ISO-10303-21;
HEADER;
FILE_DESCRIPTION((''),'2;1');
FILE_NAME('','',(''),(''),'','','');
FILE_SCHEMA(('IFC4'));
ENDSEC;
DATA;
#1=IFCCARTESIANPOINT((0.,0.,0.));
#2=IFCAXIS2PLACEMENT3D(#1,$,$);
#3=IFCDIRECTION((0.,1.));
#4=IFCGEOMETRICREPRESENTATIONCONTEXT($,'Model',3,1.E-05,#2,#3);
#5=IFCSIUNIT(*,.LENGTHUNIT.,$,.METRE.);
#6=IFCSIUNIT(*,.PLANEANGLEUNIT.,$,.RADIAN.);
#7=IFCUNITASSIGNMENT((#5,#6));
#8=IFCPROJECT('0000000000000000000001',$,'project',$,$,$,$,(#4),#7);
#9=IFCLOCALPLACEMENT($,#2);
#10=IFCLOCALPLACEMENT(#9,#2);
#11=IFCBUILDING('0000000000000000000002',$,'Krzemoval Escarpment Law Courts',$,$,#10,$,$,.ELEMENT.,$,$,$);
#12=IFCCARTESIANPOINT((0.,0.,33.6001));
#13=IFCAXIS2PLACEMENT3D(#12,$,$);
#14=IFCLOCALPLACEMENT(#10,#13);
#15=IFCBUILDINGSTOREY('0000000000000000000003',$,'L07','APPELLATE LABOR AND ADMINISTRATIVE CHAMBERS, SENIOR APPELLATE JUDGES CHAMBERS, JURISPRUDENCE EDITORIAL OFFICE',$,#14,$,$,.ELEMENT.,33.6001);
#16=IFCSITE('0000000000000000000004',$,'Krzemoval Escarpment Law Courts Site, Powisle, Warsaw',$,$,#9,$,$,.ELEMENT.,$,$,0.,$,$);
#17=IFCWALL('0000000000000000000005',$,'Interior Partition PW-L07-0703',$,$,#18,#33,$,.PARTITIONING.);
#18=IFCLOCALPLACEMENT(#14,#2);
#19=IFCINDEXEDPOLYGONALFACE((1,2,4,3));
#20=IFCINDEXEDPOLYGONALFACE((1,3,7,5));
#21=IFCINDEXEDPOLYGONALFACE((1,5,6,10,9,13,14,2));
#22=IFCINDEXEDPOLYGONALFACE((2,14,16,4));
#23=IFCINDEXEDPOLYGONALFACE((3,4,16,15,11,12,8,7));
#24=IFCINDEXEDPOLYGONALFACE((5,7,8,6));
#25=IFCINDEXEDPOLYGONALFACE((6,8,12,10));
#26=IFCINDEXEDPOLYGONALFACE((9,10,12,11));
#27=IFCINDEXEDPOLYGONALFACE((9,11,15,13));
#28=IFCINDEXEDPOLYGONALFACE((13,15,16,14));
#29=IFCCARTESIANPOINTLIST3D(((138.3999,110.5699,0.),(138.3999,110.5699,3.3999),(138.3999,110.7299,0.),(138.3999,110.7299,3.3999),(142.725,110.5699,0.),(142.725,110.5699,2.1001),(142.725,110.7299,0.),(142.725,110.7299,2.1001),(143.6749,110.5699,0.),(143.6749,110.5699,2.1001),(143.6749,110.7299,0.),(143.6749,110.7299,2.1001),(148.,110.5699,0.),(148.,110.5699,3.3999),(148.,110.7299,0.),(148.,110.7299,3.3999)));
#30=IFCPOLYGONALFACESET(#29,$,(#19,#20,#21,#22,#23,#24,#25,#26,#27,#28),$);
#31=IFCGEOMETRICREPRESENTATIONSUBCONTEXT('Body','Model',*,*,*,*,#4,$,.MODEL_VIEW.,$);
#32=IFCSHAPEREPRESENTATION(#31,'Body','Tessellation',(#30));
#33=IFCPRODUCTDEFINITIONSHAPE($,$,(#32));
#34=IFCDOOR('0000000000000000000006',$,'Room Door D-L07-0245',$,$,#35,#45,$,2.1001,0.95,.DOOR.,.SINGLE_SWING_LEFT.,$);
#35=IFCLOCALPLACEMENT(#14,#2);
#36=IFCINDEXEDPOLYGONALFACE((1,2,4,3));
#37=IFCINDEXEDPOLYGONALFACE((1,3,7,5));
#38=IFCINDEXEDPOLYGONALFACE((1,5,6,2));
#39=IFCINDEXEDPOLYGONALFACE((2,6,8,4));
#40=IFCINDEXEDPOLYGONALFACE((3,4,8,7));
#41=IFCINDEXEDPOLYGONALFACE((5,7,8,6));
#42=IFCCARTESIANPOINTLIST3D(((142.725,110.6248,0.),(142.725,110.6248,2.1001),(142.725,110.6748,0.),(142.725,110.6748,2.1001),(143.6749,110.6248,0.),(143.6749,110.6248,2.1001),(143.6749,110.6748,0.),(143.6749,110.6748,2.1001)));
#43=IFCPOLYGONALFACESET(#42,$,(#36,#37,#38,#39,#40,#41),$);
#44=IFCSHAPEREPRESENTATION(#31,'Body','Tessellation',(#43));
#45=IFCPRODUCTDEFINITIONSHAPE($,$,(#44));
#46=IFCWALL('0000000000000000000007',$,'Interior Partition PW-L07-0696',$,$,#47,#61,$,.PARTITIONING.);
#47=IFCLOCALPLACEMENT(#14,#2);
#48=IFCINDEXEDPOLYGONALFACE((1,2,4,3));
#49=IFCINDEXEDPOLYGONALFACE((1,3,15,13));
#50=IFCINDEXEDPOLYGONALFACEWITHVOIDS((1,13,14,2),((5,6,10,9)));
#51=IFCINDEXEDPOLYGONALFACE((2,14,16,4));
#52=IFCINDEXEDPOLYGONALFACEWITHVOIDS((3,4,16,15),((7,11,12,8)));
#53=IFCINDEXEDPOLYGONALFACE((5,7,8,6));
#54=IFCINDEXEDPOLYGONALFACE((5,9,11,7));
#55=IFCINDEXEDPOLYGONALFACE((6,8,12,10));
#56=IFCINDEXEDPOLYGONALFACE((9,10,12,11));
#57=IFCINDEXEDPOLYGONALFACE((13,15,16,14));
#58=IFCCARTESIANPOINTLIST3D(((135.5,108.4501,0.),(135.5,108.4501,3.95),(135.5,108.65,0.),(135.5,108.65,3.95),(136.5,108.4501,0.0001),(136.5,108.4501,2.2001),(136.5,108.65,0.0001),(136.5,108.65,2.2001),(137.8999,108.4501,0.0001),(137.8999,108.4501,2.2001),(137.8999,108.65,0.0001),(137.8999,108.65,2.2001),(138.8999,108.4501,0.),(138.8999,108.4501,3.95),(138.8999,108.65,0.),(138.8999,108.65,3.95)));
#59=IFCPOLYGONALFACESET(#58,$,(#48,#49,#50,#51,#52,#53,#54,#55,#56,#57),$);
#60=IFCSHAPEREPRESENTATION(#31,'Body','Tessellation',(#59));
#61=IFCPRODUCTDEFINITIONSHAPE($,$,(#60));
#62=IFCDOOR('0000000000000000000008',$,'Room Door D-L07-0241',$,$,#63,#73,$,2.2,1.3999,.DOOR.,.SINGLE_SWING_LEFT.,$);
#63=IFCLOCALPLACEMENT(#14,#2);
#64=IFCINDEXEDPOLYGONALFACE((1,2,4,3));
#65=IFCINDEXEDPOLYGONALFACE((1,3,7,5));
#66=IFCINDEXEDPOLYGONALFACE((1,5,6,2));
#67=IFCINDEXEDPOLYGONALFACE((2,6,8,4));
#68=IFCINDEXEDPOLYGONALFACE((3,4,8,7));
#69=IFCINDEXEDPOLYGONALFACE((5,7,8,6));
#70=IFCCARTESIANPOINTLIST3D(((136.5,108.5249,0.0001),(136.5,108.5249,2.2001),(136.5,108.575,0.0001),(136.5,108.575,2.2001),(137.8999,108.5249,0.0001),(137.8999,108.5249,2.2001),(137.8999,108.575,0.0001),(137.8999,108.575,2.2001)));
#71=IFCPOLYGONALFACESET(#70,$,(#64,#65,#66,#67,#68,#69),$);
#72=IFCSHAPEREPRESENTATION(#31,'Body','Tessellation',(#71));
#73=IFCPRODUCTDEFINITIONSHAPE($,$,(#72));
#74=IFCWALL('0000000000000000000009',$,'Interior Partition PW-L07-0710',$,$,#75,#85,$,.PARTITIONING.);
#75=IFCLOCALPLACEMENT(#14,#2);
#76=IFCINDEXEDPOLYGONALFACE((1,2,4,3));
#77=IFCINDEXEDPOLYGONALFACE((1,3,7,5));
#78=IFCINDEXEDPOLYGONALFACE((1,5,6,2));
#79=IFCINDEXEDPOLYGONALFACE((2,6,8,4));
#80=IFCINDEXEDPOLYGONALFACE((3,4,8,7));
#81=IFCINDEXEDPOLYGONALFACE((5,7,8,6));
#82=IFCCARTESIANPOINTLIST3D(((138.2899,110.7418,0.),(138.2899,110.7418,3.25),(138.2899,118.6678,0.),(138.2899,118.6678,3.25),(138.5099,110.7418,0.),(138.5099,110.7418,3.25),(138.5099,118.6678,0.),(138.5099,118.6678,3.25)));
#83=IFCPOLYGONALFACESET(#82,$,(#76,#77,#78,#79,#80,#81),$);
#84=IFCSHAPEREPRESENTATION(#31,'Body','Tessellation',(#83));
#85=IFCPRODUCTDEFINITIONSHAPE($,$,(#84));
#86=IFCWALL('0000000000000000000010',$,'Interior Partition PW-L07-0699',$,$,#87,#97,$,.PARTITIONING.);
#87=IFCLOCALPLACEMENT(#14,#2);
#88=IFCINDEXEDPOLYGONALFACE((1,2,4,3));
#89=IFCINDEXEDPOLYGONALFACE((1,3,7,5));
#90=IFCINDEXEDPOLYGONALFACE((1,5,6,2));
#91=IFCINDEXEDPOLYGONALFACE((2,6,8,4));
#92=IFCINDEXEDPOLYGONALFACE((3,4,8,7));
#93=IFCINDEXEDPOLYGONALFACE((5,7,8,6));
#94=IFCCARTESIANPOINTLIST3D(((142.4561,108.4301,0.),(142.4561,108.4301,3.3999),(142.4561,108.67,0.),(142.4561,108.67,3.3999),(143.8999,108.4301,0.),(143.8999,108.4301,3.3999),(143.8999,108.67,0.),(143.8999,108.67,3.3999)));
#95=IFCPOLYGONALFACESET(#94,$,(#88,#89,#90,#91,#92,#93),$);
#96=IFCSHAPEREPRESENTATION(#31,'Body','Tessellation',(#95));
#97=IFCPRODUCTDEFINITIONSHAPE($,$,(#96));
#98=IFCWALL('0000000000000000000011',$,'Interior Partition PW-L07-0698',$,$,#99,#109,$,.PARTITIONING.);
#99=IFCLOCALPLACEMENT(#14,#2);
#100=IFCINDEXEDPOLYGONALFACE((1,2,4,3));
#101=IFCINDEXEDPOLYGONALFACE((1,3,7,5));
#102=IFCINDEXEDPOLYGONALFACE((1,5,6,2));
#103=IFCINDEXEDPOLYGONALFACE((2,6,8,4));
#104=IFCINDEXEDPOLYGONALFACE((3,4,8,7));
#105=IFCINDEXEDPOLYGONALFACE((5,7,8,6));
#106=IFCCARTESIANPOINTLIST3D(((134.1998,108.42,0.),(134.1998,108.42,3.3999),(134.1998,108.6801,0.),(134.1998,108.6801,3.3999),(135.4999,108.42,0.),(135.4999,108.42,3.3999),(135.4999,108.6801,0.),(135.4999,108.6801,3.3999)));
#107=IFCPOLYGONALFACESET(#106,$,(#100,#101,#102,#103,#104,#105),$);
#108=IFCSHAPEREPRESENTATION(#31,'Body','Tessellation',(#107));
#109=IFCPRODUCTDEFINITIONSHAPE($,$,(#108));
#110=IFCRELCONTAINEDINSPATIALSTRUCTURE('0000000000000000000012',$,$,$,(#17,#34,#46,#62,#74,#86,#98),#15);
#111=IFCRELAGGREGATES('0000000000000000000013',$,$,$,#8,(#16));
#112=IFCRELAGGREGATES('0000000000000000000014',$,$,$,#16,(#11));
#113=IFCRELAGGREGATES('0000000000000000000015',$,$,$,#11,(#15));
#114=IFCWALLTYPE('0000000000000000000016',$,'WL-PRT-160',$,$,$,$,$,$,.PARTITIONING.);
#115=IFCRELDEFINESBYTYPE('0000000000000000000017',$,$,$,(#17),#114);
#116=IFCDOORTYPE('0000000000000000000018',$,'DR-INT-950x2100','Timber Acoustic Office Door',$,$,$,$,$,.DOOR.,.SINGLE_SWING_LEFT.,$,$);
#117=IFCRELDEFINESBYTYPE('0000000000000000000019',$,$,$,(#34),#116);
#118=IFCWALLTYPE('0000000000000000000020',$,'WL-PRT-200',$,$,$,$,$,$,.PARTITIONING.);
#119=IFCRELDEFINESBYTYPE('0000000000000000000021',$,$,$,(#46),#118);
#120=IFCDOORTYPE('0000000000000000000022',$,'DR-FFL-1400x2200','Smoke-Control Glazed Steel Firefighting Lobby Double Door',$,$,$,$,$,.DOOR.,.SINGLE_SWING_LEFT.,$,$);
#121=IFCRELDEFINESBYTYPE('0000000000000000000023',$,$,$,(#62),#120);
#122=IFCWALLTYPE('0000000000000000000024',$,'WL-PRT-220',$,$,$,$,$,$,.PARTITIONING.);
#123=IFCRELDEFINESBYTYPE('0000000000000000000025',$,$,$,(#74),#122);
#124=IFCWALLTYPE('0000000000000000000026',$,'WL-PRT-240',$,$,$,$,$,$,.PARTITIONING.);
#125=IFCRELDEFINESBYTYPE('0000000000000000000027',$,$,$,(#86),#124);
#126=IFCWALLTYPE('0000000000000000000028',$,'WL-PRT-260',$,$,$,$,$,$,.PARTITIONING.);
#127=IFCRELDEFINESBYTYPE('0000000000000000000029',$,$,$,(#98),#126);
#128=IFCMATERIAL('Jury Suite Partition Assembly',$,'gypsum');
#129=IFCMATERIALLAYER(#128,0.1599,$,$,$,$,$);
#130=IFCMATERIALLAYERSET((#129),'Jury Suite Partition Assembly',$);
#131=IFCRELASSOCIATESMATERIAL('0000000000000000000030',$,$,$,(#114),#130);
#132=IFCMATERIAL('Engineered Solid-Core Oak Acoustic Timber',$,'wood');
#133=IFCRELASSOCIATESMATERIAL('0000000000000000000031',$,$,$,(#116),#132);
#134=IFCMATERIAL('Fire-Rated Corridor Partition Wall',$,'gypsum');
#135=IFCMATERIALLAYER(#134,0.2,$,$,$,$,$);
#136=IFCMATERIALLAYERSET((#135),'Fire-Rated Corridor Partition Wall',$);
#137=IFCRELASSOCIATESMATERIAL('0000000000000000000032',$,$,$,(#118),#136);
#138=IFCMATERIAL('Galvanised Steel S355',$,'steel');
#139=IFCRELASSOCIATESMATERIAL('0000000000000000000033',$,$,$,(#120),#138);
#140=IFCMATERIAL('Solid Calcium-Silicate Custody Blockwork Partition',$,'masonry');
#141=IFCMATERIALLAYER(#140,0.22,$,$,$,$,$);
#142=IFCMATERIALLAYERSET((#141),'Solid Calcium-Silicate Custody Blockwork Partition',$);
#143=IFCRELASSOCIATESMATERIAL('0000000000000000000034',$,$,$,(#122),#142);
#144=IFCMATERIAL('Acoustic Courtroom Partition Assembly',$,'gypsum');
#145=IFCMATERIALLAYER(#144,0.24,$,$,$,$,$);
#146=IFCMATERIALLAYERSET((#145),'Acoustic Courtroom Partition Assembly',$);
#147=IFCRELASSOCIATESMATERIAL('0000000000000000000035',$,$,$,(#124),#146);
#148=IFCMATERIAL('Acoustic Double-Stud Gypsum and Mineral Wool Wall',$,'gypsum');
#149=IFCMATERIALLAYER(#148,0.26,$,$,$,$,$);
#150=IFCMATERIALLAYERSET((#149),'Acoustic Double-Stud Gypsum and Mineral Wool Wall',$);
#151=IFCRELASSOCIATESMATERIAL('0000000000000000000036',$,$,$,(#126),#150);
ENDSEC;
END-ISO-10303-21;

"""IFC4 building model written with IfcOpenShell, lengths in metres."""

from ifc_helpers import new_model, si_unit, direction, frame, frame_2d, origin, place, context, subcontext, project, spatial, rectangle, extrude, material, layer, layer_set, type_object, element, fill, save


model = new_model("IFC4")

# Units and contexts
model_context = context("Model", 3, precision=1e-05, world=origin(), true_north=direction((0.0, 1.0)))
body_context = subcontext(model_context, "Body", "Model", "MODEL_VIEW")
ifc_project = project(units=[si_unit("LENGTHUNIT", "METRE"), si_unit("PLANEANGLEUNIT", "RADIAN")], contexts=[model_context])

# Site, building, storey
site_placement = place(None, origin())
site = spatial("IfcSite", under=ifc_project, at=site_placement, Name="Krzemoval Escarpment Law Courts Site, Powisle, Warsaw", CompositionType="ELEMENT", RefElevation=0.0)
building_placement = place(site_placement, origin())
building = spatial("IfcBuilding", under=site, at=building_placement, Name="Krzemoval Escarpment Law Courts", CompositionType="ELEMENT")
storey_placement = place(building_placement, frame((0.0, 0.0, 33.6001)))
storey = spatial("IfcBuildingStorey", under=building, at=storey_placement, Name="L07", Description="APPELLATE LABOR AND ADMINISTRATIVE CHAMBERS, SENIOR APPELLATE JUDGES CHAMBERS, JURISPRUDENCE EDITORIAL OFFICE", CompositionType="ELEMENT", Elevation=33.6001)

# Walls, openings, doors
ifc_material_1 = material(Name="Jury Suite Partition Assembly", Category="gypsum")
ifc_layer_1 = layer(ifc_material_1, 0.1599)
ifc_layer_set_1 = layer_set([ifc_layer_1], Name="Jury Suite Partition Assembly")
wall_type_1 = type_object("IfcWallType", Name="WL-PRT-160", PredefinedType="PARTITIONING", material=ifc_layer_set_1)
wall_1_placement = place(storey_placement, frame((138.3999, 110.6499, 0.0), z_axis=(0.0, 0.0, 1.0), x_axis=(1.0, 0.0, 0.0)))
wall_1 = element("IfcWall", 1, at=wall_1_placement, inside=storey, type_object=wall_type_1, Name="Interior Partition PW-L07-0703", PredefinedType="PARTITIONING", context=body_context, shape_type="SweptSolid", body=[
    extrude(rectangle(XDim=9.6001, YDim=0.1599, at=frame_2d((4.8, 0.0))), origin(), (0.0, 0.0, 1.0), 3.3999),
])
opening_1_placement = place(wall_1_placement, frame((4.325, 0.0, 0.0)))
opening_1 = element("IfcOpeningElement", 2, at=opening_1_placement, cuts=wall_1, PredefinedType="OPENING", context=body_context, shape_type="SweptSolid", body=[
    extrude(rectangle(XDim=0.95, YDim=2.1001, at=frame_2d((0.4751, 1.05))), frame((0.0, 0.095, 0.0), z_axis=(0.0, -1.0, 0.0), x_axis=(1.0, 0.0, 0.0)), (0.0, 0.0, 1.0), 0.1899),
])
ifc_material_2 = material(Name="Engineered Solid-Core Oak Acoustic Timber", Category="wood")
door_type_1 = type_object("IfcDoorType", Name="DR-INT-950x2100", Description="Timber Acoustic Office Door", OperationType="SINGLE_SWING_LEFT", PredefinedType="DOOR", material=ifc_material_2)
door_1_placement = place(opening_1_placement, origin())
door_1 = element("IfcDoor", 3, at=door_1_placement, inside=storey, type_object=door_type_1, Name="Room Door D-L07-0245", OperationType="SINGLE_SWING_LEFT", OverallHeight=2.1001, OverallWidth=0.95, PredefinedType="DOOR", context=body_context, shape_type="SweptSolid", body=[
    extrude(rectangle(XDim=0.95, YDim=2.1001, at=frame_2d((0.4751, 1.05))), frame((0.0, 0.0249, 0.0), z_axis=(0.0, -1.0, 0.0), x_axis=(1.0, 0.0, 0.0)), (0.0, 0.0, 1.0), 0.05),
])
fill(opening_1, door_1)
ifc_material_3 = material(Name="Fire-Rated Corridor Partition Wall", Category="gypsum")
ifc_layer_2 = layer(ifc_material_3, 0.2)
ifc_layer_set_2 = layer_set([ifc_layer_2], Name="Fire-Rated Corridor Partition Wall")
wall_type_2 = type_object("IfcWallType", Name="WL-PRT-200", PredefinedType="PARTITIONING", material=ifc_layer_set_2)
wall_2_placement = place(storey_placement, frame((135.5, 108.55, 0.0), z_axis=(0.0, 0.0, 1.0), x_axis=(1.0, 0.0, 0.0)))
wall_2 = element("IfcWall", 4, at=wall_2_placement, inside=storey, type_object=wall_type_2, Name="Interior Partition PW-L07-0696", PredefinedType="PARTITIONING", context=body_context, shape_type="SweptSolid", body=[
    extrude(rectangle(XDim=3.3999, YDim=0.2, at=frame_2d((1.7, 0.0))), origin(), (0.0, 0.0, 1.0), 3.95),
])
opening_2_placement = place(wall_2_placement, frame((1.0, 0.0, 0.0)))
opening_2 = element("IfcOpeningElement", 5, at=opening_2_placement, cuts=wall_2, PredefinedType="OPENING", context=body_context, shape_type="SweptSolid", body=[
    extrude(rectangle(XDim=1.3999, YDim=2.2, at=frame_2d((0.7, 1.1001))), frame((0.0, 0.115, 0.0), z_axis=(0.0, -1.0, 0.0), x_axis=(1.0, 0.0, 0.0)), (0.0, 0.0, 1.0), 0.2299),
])
ifc_material_4 = material(Name="Galvanised Steel S355", Category="steel")
door_type_2 = type_object("IfcDoorType", Name="DR-FFL-1400x2200", Description="Smoke-Control Glazed Steel Firefighting Lobby Double Door", OperationType="SINGLE_SWING_LEFT", PredefinedType="DOOR", material=ifc_material_4)
door_2_placement = place(opening_2_placement, origin())
door_2 = element("IfcDoor", 6, at=door_2_placement, inside=storey, type_object=door_type_2, Name="Room Door D-L07-0241", OperationType="SINGLE_SWING_LEFT", OverallHeight=2.2, OverallWidth=1.3999, PredefinedType="DOOR", context=body_context, shape_type="SweptSolid", body=[
    extrude(rectangle(XDim=1.3999, YDim=2.2, at=frame_2d((0.7, 1.1001))), frame((0.0, 0.0249, 0.0), z_axis=(0.0, -1.0, 0.0), x_axis=(1.0, 0.0, 0.0)), (0.0, 0.0, 1.0), 0.05),
])
fill(opening_2, door_2)

# Walls
ifc_material_5 = material(Name="Solid Calcium-Silicate Custody Blockwork Partition", Category="masonry")
ifc_layer_3 = layer(ifc_material_5, 0.22)
ifc_layer_set_3 = layer_set([ifc_layer_3], Name="Solid Calcium-Silicate Custody Blockwork Partition")
wall_type_3 = type_object("IfcWallType", Name="WL-PRT-220", PredefinedType="PARTITIONING", material=ifc_layer_set_3)
wall_3_placement = place(storey_placement, frame((138.3999, 110.7419, 0.0), z_axis=(0.0, 0.0, 1.0), x_axis=(0.0, 1.0, 0.0)))
element("IfcWall", 7, at=wall_3_placement, inside=storey, type_object=wall_type_3, Name="Interior Partition PW-L07-0710", PredefinedType="PARTITIONING", context=body_context, shape_type="SweptSolid", body=[
    extrude(rectangle(XDim=7.926, YDim=0.22, at=frame_2d((3.9629, 0.0))), origin(), (0.0, 0.0, 1.0), 3.25),
])
ifc_material_6 = material(Name="Acoustic Courtroom Partition Assembly", Category="gypsum")
ifc_layer_4 = layer(ifc_material_6, 0.24)
ifc_layer_set_4 = layer_set([ifc_layer_4], Name="Acoustic Courtroom Partition Assembly")
wall_type_4 = type_object("IfcWallType", Name="WL-PRT-240", PredefinedType="PARTITIONING", material=ifc_layer_set_4)
wall_4_placement = place(storey_placement, frame((142.4561, 108.55, 0.0), z_axis=(0.0, 0.0, 1.0), x_axis=(1.0, 0.0, 0.0)))
element("IfcWall", 8, at=wall_4_placement, inside=storey, type_object=wall_type_4, Name="Interior Partition PW-L07-0699", PredefinedType="PARTITIONING", context=body_context, shape_type="SweptSolid", body=[
    extrude(rectangle(XDim=1.4438, YDim=0.24, at=frame_2d((0.7219, 0.0))), origin(), (0.0, 0.0, 1.0), 3.3999),
])
ifc_material_7 = material(Name="Acoustic Double-Stud Gypsum and Mineral Wool Wall", Category="gypsum")
ifc_layer_5 = layer(ifc_material_7, 0.26)
ifc_layer_set_5 = layer_set([ifc_layer_5], Name="Acoustic Double-Stud Gypsum and Mineral Wool Wall")
wall_type_5 = type_object("IfcWallType", Name="WL-PRT-260", PredefinedType="PARTITIONING", material=ifc_layer_set_5)
wall_5_placement = place(storey_placement, frame((134.2, 108.55, 0.0), z_axis=(0.0, 0.0, 1.0), x_axis=(1.0, 0.0, 0.0)))
element("IfcWall", 9, at=wall_5_placement, inside=storey, type_object=wall_type_5, Name="Interior Partition PW-L07-0698", PredefinedType="PARTITIONING", context=body_context, shape_type="SweptSolid", body=[
    extrude(rectangle(XDim=1.3, YDim=0.26, at=frame_2d((0.6499, 0.0))), origin(), (0.0, 0.0, 1.0), 3.3999),
])

save(model, "model.ifc")
